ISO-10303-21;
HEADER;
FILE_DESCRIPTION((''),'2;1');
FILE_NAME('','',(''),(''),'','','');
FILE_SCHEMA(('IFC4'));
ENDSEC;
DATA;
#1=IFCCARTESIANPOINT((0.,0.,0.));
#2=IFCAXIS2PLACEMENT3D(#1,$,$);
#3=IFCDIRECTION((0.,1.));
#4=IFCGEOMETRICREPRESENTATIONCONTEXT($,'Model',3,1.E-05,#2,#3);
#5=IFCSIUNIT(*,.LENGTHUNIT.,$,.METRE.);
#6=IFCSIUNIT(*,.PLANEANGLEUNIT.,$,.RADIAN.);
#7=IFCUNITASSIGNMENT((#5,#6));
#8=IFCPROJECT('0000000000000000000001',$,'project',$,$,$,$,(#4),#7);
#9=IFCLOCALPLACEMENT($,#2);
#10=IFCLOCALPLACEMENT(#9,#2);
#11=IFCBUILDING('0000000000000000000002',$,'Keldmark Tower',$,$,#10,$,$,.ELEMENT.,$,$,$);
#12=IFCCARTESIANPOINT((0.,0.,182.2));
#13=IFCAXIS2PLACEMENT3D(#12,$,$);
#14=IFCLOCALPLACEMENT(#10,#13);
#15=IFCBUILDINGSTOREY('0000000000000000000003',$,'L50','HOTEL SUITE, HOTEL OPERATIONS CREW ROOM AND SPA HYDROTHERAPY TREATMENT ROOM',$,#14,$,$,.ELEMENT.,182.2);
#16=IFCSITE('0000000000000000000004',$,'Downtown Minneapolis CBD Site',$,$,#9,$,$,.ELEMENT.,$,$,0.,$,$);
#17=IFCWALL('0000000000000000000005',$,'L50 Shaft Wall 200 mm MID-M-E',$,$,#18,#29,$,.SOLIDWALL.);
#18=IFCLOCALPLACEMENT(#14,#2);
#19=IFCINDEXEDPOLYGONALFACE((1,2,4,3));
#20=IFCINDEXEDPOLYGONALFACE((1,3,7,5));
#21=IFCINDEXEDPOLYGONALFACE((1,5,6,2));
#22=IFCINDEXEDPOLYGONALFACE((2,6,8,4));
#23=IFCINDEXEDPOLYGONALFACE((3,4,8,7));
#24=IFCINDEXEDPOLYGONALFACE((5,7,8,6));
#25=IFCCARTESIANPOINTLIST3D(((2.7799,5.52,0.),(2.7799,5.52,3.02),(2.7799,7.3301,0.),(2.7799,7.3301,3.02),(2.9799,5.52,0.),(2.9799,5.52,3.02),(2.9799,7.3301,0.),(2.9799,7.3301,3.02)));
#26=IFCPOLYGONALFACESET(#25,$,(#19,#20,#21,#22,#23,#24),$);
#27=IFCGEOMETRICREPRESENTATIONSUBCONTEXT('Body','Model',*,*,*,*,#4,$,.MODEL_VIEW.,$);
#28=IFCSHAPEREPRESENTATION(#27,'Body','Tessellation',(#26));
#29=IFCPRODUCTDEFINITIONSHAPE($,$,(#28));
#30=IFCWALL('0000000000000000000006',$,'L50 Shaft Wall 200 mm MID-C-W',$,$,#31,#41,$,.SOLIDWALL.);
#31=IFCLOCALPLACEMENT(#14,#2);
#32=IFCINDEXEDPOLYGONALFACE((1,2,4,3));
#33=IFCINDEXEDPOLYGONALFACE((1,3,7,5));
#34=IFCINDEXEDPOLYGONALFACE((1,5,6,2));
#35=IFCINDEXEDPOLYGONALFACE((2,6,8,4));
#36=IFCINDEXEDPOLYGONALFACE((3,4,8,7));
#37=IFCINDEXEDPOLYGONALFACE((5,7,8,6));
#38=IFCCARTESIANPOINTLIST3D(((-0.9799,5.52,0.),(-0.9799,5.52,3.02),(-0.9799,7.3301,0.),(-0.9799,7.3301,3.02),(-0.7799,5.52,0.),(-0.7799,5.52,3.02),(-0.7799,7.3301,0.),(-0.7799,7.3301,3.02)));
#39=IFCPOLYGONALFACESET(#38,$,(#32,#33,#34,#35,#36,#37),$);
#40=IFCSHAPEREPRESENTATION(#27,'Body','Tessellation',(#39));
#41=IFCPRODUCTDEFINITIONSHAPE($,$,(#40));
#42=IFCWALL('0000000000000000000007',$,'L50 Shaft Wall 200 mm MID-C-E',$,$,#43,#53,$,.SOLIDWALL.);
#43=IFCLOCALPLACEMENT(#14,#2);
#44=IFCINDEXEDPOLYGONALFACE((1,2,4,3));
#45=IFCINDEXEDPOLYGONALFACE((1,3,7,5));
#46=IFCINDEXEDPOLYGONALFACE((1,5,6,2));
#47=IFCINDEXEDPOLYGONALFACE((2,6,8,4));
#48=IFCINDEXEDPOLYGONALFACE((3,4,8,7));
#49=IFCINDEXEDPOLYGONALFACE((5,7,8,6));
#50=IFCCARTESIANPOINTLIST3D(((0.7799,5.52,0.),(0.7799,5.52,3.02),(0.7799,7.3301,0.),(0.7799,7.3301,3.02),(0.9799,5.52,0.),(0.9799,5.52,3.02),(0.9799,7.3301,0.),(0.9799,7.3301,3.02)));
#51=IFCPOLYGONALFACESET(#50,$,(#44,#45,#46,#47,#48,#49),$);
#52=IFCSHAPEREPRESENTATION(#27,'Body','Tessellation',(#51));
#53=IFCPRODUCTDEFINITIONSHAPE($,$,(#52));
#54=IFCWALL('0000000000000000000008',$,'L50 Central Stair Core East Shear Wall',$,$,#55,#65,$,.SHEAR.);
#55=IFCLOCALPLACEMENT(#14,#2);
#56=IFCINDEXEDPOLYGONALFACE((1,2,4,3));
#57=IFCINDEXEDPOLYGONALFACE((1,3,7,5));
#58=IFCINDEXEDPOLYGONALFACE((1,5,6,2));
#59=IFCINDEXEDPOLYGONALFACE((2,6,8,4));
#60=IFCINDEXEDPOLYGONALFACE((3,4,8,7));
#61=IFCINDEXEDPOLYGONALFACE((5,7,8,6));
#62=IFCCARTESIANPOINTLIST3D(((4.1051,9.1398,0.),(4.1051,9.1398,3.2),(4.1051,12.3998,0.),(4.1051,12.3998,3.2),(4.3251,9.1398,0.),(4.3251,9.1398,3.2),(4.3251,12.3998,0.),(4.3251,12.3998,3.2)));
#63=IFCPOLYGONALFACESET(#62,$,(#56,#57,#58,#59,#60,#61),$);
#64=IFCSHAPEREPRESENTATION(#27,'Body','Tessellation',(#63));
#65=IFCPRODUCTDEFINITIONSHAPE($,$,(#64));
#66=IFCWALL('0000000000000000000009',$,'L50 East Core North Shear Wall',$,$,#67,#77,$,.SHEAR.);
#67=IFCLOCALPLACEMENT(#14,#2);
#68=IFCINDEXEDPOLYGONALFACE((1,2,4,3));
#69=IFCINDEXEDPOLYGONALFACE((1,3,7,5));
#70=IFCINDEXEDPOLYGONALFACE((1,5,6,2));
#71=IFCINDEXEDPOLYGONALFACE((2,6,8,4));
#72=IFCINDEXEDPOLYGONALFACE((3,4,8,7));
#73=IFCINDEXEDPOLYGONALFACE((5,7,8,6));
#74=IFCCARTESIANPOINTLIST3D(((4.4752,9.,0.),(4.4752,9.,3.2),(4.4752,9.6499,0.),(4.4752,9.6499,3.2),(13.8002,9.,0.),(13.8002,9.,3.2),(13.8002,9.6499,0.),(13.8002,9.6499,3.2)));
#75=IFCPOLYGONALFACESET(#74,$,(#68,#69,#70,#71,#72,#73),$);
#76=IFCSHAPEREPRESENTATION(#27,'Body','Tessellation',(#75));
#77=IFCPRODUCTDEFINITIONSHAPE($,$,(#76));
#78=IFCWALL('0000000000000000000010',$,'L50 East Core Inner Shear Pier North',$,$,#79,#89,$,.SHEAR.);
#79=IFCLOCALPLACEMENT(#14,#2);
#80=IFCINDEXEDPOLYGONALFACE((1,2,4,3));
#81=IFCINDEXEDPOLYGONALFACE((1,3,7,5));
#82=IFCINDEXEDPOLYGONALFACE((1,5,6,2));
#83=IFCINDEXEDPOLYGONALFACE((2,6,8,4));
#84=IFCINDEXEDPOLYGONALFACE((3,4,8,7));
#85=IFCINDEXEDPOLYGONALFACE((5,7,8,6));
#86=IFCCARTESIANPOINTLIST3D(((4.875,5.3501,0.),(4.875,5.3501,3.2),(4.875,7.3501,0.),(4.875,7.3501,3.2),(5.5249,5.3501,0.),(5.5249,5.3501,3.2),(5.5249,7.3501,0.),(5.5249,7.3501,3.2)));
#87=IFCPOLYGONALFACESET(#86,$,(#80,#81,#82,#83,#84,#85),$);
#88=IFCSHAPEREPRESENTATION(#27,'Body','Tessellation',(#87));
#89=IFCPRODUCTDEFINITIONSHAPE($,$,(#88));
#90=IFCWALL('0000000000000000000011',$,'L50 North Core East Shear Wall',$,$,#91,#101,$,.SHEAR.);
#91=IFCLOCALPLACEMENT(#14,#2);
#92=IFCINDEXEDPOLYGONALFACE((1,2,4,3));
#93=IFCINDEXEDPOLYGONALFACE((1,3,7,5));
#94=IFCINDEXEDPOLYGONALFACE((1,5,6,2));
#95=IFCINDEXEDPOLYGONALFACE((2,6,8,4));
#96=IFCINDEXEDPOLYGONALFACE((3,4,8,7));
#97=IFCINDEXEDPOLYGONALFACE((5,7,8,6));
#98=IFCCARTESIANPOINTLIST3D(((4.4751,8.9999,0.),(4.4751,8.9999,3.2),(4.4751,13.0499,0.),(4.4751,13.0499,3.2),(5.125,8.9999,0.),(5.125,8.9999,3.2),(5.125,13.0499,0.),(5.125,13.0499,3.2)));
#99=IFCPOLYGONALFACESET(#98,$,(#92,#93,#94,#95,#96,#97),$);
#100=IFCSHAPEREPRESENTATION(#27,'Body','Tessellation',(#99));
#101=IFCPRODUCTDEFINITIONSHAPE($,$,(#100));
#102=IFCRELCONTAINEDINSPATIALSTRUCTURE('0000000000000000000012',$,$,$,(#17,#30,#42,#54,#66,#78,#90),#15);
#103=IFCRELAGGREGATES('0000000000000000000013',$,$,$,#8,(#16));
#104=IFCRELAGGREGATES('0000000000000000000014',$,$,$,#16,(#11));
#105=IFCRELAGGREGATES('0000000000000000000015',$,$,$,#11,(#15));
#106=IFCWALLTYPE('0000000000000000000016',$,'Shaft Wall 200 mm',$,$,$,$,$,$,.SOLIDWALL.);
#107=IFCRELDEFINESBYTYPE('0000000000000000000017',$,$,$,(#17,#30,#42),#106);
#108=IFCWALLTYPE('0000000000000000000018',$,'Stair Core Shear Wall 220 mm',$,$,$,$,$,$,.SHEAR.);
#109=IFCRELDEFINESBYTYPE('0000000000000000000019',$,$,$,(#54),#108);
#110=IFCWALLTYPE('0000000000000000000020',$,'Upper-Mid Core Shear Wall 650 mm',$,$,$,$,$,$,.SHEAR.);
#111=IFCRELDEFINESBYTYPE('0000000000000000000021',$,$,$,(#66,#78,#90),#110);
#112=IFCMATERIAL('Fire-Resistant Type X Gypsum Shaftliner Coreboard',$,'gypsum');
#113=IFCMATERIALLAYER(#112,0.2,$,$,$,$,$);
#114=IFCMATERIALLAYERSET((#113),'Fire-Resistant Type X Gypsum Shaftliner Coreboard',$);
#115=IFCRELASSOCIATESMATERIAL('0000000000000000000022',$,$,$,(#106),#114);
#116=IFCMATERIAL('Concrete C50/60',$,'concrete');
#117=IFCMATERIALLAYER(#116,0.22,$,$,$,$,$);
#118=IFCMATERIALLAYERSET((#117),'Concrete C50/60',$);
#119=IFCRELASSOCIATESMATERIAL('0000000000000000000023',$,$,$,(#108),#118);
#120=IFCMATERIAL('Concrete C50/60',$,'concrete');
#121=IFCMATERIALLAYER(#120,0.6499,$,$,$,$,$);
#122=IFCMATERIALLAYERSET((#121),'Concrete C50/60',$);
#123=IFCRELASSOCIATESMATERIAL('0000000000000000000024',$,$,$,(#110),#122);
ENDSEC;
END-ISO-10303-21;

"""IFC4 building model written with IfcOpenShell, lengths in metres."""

from ifc_helpers import new_model, si_unit, direction, frame, frame_2d, origin, place, context, subcontext, project, spatial, rectangle, extrude, material, layer, layer_set, type_object, element, save


model = new_model("IFC4")

# Units and contexts
model_context = context("Model", 3, precision=1e-05, world=origin(), true_north=direction((0.0, 1.0)))
body_context = subcontext(model_context, "Body", "Model", "MODEL_VIEW")
ifc_project = project(units=[si_unit("LENGTHUNIT", "METRE"), si_unit("PLANEANGLEUNIT", "RADIAN")], contexts=[model_context])

# Site, building, storey
site_placement = place(None, origin())
site = spatial("IfcSite", under=ifc_project, at=site_placement, Name="Downtown Minneapolis CBD Site", CompositionType="ELEMENT", RefElevation=0.0)
building_placement = place(site_placement, origin())
building = spatial("IfcBuilding", under=site, at=building_placement, Name="Keldmark Tower", CompositionType="ELEMENT")
storey_placement = place(building_placement, frame((0.0, 0.0, 182.2)))
storey = spatial("IfcBuildingStorey", under=building, at=storey_placement, Name="L50", Description="HOTEL SUITE, HOTEL OPERATIONS CREW ROOM AND SPA HYDROTHERAPY TREATMENT ROOM", CompositionType="ELEMENT", Elevation=182.2)

# Shared definitions
ifc_material_1 = material(Name="Fire-Resistant Type X Gypsum Shaftliner Coreboard", Category="gypsum")
ifc_layer_1 = layer(ifc_material_1, 0.2)
ifc_layer_set_1 = layer_set([ifc_layer_1], Name="Fire-Resistant Type X Gypsum Shaftliner Coreboard")
wall_type_1 = type_object("IfcWallType", Name="Shaft Wall 200 mm", PredefinedType="SOLIDWALL", material=ifc_layer_set_1)

# Walls
for number, where, z_axis, x_axis, name in (
    (1, (2.8799, 5.52, 0.0), (0.0, 0.0, 1.0), (0.0, 1.0, 0.0), "L50 Shaft Wall 200 mm MID-M-E"),
    (2, (-0.8799, 5.52, 0.0), (0.0, 0.0, 1.0), (0.0, 1.0, 0.0), "L50 Shaft Wall 200 mm MID-C-W"),
    (3, (0.8799, 5.52, 0.0), (0.0, 0.0, 1.0), (0.0, 1.0, 0.0), "L50 Shaft Wall 200 mm MID-C-E"),
):
    element("IfcWall", number, at=place(storey_placement, frame(where, z_axis=z_axis, x_axis=x_axis)), inside=storey, type_object=wall_type_1, Name=name, PredefinedType="SOLIDWALL", context=body_context, shape_type="SweptSolid", body=[
        extrude(rectangle(XDim=1.8101, YDim=0.2, at=frame_2d((0.905, 0.0))), origin(), (0.0, 0.0, 1.0), 3.02),
    ])
ifc_material_2 = material(Name="Concrete C50/60", Category="concrete")
ifc_layer_2 = layer(ifc_material_2, 0.22)
ifc_layer_set_2 = layer_set([ifc_layer_2], Name="Concrete C50/60")
wall_type_2 = type_object("IfcWallType", Name="Stair Core Shear Wall 220 mm", PredefinedType="SHEAR", material=ifc_layer_set_2)
wall_1_placement = place(storey_placement, frame((4.2151, 9.1399, 0.0), z_axis=(0.0, 0.0, 1.0), x_axis=(0.0, 1.0, 0.0)))
element("IfcWall", 4, at=wall_1_placement, inside=storey, type_object=wall_type_2, Name="L50 Central Stair Core East Shear Wall", PredefinedType="SHEAR", context=body_context, shape_type="SweptSolid", body=[
    extrude(rectangle(XDim=3.26, YDim=0.22, at=frame_2d((1.6299, 0.0))), origin(), (0.0, 0.0, 1.0), 3.2),
])
ifc_material_3 = material(Name="Concrete C50/60", Category="concrete")
ifc_layer_3 = layer(ifc_material_3, 0.6499)
ifc_layer_set_3 = layer_set([ifc_layer_3], Name="Concrete C50/60")
wall_type_3 = type_object("IfcWallType", Name="Upper-Mid Core Shear Wall 650 mm", PredefinedType="SHEAR", material=ifc_layer_set_3)
wall_2_placement = place(storey_placement, frame((4.4751, 9.325, 0.0), z_axis=(0.0, 0.0, 1.0), x_axis=(1.0, 0.0, 0.0)))
element("IfcWall", 5, at=wall_2_placement, inside=storey, type_object=wall_type_3, Name="L50 East Core North Shear Wall", PredefinedType="SHEAR", context=body_context, shape_type="SweptSolid", body=[
    extrude(rectangle(XDim=9.325, YDim=0.6499, at=frame_2d((4.6626, 0.0))), origin(), (0.0, 0.0, 1.0), 3.2),
])
wall_3_placement = place(storey_placement, frame((5.2, 5.3501, 0.0), z_axis=(0.0, 0.0, 1.0), x_axis=(0.0, 1.0, 0.0)))
element("IfcWall", 6, at=wall_3_placement, inside=storey, type_object=wall_type_3, Name="L50 East Core Inner Shear Pier North", PredefinedType="SHEAR", context=body_context, shape_type="SweptSolid", body=[
    extrude(rectangle(XDim=2.0, YDim=0.6499, at=frame_2d((1.0, 0.0))), origin(), (0.0, 0.0, 1.0), 3.2),
])
wall_4_placement = place(storey_placement, frame((4.8, 9.0, 0.0), z_axis=(0.0, 0.0, 1.0), x_axis=(0.0, 1.0, 0.0)))
element("IfcWall", 7, at=wall_4_placement, inside=storey, type_object=wall_type_3, Name="L50 North Core East Shear Wall", PredefinedType="SHEAR", context=body_context, shape_type="SweptSolid", body=[
    extrude(rectangle(XDim=4.05, YDim=0.6499, at=frame_2d((2.0249, 0.0))), origin(), (0.0, 0.0, 1.0), 3.2),
])

save(model, "model.ifc")
